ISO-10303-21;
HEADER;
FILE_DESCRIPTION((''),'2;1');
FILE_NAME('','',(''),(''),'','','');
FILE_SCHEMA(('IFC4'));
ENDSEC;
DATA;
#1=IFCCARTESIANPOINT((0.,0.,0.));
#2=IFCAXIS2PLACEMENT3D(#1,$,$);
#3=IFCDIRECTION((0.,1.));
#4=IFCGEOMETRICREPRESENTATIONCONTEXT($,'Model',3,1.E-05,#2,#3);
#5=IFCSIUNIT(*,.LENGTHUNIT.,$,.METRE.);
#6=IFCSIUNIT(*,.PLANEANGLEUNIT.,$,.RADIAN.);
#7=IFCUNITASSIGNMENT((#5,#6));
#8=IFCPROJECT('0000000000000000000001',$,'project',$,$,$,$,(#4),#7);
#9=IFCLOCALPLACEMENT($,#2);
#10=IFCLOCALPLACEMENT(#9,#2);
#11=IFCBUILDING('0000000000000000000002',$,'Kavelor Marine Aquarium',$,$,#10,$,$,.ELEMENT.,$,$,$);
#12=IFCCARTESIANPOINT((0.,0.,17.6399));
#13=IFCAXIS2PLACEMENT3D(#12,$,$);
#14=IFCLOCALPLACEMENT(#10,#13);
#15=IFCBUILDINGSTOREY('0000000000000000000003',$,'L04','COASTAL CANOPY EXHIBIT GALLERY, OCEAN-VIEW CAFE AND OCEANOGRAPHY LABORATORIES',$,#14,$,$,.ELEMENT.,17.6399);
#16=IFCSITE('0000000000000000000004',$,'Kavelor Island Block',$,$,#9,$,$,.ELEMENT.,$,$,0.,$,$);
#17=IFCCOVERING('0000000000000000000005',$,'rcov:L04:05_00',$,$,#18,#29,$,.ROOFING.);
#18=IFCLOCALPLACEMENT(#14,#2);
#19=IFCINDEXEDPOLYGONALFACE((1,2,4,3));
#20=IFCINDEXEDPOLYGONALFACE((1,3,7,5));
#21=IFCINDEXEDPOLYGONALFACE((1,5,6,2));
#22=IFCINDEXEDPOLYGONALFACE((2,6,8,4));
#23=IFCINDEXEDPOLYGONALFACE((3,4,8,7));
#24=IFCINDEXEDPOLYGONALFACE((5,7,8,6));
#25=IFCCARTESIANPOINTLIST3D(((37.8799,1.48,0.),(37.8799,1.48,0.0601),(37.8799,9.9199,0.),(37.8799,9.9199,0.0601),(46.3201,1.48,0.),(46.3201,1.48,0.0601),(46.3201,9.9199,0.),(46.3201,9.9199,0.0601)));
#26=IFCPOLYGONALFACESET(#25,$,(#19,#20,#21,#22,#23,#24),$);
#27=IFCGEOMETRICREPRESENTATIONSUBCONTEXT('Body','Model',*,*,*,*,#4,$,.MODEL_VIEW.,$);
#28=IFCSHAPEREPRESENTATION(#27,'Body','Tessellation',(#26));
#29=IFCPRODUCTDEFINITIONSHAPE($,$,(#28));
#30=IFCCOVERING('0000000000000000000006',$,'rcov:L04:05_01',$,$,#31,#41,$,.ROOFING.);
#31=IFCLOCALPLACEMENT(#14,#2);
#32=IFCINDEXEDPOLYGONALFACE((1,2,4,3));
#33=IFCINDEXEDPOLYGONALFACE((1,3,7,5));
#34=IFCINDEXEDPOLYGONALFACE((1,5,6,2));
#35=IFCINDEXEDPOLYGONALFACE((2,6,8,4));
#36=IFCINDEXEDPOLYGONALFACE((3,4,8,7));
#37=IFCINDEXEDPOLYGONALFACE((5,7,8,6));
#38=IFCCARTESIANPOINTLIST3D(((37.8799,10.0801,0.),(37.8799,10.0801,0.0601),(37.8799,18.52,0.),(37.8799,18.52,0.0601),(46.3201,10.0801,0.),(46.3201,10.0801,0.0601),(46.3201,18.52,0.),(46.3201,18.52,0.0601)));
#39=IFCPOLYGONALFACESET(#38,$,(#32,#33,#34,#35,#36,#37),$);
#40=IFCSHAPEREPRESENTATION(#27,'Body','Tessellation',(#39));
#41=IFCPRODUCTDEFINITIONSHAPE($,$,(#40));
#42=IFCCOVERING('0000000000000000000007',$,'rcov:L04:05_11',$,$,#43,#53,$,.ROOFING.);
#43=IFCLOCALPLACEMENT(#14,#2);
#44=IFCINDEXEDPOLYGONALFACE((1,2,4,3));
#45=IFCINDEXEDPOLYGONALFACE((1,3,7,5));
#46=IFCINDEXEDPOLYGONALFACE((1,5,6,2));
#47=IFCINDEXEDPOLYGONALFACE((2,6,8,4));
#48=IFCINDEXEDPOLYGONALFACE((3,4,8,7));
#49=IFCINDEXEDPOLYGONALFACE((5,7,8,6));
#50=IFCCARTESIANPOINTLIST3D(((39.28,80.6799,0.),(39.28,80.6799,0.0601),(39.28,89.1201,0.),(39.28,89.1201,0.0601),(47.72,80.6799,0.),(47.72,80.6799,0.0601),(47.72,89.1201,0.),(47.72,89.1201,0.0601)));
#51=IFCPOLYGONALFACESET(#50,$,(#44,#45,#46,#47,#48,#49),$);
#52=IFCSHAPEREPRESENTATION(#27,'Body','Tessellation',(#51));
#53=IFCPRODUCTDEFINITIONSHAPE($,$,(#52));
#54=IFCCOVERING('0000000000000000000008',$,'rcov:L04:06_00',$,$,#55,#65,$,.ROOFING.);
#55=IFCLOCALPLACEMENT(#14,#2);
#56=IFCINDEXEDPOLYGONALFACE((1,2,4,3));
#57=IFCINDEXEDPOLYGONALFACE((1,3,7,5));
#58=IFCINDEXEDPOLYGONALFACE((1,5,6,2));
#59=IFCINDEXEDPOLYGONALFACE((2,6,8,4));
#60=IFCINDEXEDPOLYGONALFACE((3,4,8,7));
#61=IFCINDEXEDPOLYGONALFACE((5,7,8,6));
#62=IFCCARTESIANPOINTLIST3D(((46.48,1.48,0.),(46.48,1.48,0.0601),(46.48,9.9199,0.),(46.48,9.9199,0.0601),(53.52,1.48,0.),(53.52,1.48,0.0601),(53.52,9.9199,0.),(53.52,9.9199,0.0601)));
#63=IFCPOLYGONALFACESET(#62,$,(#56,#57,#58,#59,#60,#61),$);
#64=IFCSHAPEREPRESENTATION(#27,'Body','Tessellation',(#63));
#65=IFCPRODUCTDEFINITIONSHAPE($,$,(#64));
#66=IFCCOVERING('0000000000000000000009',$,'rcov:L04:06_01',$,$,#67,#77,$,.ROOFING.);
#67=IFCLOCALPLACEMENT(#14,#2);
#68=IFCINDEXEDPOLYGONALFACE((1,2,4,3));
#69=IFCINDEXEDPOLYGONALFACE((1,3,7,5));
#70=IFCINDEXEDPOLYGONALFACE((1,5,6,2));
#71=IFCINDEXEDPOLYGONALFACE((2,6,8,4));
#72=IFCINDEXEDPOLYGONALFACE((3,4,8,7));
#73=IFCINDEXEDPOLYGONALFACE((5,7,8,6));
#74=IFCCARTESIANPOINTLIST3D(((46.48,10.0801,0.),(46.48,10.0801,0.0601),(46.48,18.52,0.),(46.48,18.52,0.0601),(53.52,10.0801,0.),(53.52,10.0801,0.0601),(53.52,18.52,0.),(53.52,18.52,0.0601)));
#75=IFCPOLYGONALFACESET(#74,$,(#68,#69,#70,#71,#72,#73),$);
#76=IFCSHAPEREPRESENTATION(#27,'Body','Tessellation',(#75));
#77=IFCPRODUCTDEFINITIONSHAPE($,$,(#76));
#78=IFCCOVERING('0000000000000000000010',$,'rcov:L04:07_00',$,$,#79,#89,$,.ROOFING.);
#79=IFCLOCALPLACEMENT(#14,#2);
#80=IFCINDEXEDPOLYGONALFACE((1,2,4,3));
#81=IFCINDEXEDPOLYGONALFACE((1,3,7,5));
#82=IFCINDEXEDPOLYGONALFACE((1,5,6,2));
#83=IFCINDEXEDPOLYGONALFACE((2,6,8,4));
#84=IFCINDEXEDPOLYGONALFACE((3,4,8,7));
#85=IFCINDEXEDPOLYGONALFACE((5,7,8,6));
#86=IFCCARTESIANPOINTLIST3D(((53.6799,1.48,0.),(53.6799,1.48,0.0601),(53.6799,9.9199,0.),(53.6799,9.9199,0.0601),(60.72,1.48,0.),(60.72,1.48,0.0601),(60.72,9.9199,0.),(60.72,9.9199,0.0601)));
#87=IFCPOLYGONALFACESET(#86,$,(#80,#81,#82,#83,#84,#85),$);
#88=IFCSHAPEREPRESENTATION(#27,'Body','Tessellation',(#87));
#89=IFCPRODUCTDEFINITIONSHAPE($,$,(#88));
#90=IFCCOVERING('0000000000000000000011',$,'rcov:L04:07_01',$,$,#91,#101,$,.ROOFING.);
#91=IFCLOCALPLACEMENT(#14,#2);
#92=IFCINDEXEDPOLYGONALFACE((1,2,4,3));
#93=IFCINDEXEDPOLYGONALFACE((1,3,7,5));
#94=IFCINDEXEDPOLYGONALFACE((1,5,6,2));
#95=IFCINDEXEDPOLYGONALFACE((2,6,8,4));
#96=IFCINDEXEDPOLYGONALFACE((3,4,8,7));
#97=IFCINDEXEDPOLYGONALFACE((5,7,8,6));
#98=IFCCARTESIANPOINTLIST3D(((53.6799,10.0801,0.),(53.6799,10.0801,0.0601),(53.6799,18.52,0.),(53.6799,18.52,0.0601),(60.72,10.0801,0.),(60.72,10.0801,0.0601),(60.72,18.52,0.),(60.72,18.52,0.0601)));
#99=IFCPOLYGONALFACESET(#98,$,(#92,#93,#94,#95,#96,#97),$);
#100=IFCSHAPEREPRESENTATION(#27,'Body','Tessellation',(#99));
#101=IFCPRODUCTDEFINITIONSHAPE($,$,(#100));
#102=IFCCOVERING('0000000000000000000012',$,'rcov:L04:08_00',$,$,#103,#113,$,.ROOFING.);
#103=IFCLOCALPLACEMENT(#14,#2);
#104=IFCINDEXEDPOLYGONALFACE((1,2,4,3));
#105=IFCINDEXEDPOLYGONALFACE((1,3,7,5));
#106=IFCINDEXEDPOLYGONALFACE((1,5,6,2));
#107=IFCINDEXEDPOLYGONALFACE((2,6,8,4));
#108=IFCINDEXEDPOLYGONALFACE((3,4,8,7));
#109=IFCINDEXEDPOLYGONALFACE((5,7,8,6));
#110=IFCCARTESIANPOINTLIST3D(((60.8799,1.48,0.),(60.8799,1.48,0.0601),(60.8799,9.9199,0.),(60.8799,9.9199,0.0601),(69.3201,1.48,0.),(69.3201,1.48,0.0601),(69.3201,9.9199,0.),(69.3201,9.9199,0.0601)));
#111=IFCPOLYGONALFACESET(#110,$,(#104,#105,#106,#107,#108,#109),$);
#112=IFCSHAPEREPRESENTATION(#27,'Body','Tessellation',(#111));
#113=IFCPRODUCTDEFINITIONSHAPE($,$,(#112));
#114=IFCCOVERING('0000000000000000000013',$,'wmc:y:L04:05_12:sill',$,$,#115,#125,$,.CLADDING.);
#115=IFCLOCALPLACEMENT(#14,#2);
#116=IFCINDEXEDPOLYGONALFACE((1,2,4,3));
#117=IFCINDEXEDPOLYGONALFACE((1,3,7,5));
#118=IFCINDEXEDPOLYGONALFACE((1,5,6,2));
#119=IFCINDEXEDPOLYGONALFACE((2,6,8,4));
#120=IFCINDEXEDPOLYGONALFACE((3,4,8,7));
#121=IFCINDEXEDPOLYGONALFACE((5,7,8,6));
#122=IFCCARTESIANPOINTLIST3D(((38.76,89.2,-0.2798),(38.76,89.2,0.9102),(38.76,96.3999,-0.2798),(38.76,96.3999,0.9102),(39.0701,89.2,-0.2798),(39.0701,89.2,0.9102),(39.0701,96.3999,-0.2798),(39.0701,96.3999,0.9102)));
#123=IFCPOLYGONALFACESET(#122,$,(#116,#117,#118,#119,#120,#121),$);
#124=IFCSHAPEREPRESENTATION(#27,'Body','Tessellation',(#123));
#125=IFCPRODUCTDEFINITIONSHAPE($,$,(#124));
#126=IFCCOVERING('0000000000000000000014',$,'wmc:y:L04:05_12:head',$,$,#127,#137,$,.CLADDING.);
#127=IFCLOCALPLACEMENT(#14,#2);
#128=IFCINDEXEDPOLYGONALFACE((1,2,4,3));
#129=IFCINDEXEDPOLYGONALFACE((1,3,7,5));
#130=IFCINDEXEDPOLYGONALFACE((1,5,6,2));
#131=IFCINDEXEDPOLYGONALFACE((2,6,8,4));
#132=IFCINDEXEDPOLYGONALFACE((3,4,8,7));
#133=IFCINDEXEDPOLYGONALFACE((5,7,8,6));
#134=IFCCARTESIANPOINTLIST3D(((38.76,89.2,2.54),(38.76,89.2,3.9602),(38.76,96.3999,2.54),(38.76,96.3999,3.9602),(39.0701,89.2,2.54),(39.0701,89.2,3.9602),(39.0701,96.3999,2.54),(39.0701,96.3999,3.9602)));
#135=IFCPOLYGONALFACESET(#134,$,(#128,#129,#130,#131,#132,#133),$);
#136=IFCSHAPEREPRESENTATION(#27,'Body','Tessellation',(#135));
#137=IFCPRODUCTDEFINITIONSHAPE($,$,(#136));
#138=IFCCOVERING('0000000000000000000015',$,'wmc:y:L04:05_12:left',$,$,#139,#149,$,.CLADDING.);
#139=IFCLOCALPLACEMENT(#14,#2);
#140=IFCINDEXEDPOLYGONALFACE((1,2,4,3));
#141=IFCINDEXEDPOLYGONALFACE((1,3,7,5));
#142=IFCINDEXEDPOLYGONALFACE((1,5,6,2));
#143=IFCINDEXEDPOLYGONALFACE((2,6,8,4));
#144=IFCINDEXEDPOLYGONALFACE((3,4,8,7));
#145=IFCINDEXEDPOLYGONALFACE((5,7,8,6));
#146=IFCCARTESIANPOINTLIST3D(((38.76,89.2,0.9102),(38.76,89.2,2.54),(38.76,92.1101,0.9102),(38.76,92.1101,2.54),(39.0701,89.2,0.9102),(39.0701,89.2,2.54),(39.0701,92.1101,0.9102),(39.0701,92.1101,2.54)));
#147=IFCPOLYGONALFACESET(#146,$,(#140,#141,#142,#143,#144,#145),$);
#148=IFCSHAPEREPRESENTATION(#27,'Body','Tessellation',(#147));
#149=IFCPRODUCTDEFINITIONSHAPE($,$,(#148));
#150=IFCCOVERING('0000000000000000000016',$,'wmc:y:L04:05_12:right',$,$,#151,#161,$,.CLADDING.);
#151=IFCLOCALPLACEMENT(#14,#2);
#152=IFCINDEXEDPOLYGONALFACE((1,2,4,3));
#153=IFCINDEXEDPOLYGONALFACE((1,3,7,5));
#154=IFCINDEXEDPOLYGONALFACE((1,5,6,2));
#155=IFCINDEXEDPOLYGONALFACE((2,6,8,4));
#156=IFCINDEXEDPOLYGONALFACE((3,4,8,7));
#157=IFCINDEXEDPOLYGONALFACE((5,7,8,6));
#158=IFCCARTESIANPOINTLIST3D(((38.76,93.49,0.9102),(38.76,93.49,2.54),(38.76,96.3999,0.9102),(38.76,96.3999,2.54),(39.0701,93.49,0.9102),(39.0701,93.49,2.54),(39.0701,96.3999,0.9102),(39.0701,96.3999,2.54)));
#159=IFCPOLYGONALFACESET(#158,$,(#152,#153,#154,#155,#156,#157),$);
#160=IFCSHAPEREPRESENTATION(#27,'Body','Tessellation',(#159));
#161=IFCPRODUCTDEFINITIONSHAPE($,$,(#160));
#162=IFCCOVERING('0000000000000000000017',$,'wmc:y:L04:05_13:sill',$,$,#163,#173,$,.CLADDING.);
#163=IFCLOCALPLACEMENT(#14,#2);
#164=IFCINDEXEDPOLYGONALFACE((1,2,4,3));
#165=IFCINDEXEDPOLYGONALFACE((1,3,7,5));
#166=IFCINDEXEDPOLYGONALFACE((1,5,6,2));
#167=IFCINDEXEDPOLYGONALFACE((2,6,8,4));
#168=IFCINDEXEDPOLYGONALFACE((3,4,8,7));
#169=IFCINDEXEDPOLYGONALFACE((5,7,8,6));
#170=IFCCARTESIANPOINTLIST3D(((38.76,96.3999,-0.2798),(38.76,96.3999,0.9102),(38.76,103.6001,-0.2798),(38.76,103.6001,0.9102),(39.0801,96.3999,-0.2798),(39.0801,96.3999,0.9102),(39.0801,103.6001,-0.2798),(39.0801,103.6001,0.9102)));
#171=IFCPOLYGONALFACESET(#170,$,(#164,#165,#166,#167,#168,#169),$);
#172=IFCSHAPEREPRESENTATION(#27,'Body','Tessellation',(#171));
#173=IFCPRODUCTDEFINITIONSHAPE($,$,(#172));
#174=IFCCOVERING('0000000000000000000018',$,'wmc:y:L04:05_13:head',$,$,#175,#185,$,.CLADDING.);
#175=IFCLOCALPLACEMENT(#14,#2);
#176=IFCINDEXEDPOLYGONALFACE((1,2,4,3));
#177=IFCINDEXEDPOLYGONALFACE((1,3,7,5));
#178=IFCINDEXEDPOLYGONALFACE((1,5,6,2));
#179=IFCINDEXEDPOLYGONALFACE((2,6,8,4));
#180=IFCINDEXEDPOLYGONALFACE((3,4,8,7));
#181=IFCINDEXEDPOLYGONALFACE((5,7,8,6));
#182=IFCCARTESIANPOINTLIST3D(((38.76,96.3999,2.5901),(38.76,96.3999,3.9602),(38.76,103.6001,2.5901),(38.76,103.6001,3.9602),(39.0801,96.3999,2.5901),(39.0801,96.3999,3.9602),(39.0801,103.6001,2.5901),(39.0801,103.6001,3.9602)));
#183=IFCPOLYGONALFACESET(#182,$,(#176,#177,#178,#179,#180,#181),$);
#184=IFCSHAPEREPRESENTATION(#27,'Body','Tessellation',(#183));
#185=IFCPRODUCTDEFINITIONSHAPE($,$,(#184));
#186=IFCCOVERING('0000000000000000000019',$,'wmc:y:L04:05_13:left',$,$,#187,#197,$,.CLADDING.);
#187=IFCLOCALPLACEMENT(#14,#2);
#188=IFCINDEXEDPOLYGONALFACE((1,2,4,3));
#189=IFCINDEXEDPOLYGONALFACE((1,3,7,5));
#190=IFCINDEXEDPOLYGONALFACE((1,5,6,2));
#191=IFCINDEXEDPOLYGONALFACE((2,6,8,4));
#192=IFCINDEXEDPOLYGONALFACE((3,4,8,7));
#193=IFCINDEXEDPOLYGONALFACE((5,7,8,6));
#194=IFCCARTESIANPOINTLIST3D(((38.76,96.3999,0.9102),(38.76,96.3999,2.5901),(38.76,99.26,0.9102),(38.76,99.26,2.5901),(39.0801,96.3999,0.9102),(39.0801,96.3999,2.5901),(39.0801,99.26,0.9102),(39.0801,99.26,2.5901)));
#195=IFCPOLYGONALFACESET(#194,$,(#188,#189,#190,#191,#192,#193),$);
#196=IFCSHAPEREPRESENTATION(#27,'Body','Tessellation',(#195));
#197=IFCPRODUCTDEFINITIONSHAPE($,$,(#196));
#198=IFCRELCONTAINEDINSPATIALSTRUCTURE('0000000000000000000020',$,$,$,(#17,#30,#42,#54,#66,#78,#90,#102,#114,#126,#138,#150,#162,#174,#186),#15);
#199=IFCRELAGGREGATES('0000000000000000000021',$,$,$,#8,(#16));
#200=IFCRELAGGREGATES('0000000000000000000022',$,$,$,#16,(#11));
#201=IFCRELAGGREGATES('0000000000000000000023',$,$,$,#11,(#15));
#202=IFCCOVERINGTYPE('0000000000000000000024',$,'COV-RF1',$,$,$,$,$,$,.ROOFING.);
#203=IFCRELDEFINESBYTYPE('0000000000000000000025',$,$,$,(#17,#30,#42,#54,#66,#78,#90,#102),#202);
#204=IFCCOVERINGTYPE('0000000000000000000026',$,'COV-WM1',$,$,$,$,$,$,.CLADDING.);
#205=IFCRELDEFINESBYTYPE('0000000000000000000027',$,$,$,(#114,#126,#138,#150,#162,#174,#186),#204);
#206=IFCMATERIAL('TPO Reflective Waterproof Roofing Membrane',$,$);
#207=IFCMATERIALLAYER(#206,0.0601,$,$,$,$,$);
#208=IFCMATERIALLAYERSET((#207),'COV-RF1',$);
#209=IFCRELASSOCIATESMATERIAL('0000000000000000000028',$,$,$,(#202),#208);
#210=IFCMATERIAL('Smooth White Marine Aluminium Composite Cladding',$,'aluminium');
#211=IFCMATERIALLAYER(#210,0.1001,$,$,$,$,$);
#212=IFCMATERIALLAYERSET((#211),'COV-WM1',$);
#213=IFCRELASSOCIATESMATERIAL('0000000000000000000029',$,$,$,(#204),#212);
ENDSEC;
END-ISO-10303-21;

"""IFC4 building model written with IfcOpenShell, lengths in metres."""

from ifc_helpers import new_model, si_unit, direction, frame, origin, place, context, subcontext, project, spatial, polyline, outline, extrude, material, layer, layer_set, type_object, element, save


model = new_model("IFC4")

# Units and contexts
model_context = context("Model", 3, precision=1e-05, world=origin(), true_north=direction((0.0, 1.0)))
body_context = subcontext(model_context, "Body", "Model", "MODEL_VIEW")
ifc_project = project(units=[si_unit("LENGTHUNIT", "METRE"), si_unit("PLANEANGLEUNIT", "RADIAN")], contexts=[model_context])

# Site, building, storey
site_placement = place(None, origin())
site = spatial("IfcSite", under=ifc_project, at=site_placement, Name="Kavelor Island Block", CompositionType="ELEMENT", RefElevation=0.0)
building_placement = place(site_placement, origin())
building = spatial("IfcBuilding", under=site, at=building_placement, Name="Kavelor Marine Aquarium", CompositionType="ELEMENT")
storey_placement = place(building_placement, frame((0.0, 0.0, 17.6399)))
storey = spatial("IfcBuildingStorey", under=building, at=storey_placement, Name="L04", Description="COASTAL CANOPY EXHIBIT GALLERY, OCEAN-VIEW CAFE AND OCEANOGRAPHY LABORATORIES", CompositionType="ELEMENT", Elevation=17.6399)

# Coverings
ifc_material_1 = material(Name="TPO Reflective Waterproof Roofing Membrane")
ifc_layer_1 = layer(ifc_material_1, 0.0601)
ifc_layer_set_1 = layer_set([ifc_layer_1], Name="COV-RF1")
covering_type_1 = type_object("IfcCoveringType", Name="COV-RF1", PredefinedType="ROOFING", material=ifc_layer_set_1)
covering_1_placement = place(storey_placement, origin())
element("IfcCovering", 1, at=covering_1_placement, inside=storey, type_object=covering_type_1, Name="rcov:L04:05_00", PredefinedType="ROOFING", context=body_context, shape_type="SweptSolid", body=[
    extrude(outline(polyline([(37.8799, 1.48), (46.3201, 1.48), (46.3201, 9.9199), (37.8799, 9.9199), (37.8799, 1.48)])), origin(), (0.0, 0.0, 1.0), 0.0601),
])
covering_2_placement = place(storey_placement, origin())
element("IfcCovering", 2, at=covering_2_placement, inside=storey, type_object=covering_type_1, Name="rcov:L04:05_01", PredefinedType="ROOFING", context=body_context, shape_type="SweptSolid", body=[
    extrude(outline(polyline([(37.8799, 10.0801), (46.3201, 10.0801), (46.3201, 18.52), (37.8799, 18.52), (37.8799, 10.0801)])), origin(), (0.0, 0.0, 1.0), 0.0601),
])
covering_3_placement = place(storey_placement, origin())
element("IfcCovering", 3, at=covering_3_placement, inside=storey, type_object=covering_type_1, Name="rcov:L04:05_11", PredefinedType="ROOFING", context=body_context, shape_type="SweptSolid", body=[
    extrude(outline(polyline([(39.28, 80.6799), (47.72, 80.6799), (47.72, 89.1201), (39.28, 89.1201), (39.28, 80.6799)])), origin(), (0.0, 0.0, 1.0), 0.0601),
])
covering_4_placement = place(storey_placement, origin())
element("IfcCovering", 4, at=covering_4_placement, inside=storey, type_object=covering_type_1, Name="rcov:L04:06_00", PredefinedType="ROOFING", context=body_context, shape_type="SweptSolid", body=[
    extrude(outline(polyline([(46.48, 1.48), (53.52, 1.48), (53.52, 9.9199), (46.48, 9.9199), (46.48, 1.48)])), origin(), (0.0, 0.0, 1.0), 0.0601),
])
covering_5_placement = place(storey_placement, origin())
element("IfcCovering", 5, at=covering_5_placement, inside=storey, type_object=covering_type_1, Name="rcov:L04:06_01", PredefinedType="ROOFING", context=body_context, shape_type="SweptSolid", body=[
    extrude(outline(polyline([(46.48, 10.0801), (53.52, 10.0801), (53.52, 18.52), (46.48, 18.52), (46.48, 10.0801)])), origin(), (0.0, 0.0, 1.0), 0.0601),
])
covering_6_placement = place(storey_placement, origin())
element("IfcCovering", 6, at=covering_6_placement, inside=storey, type_object=covering_type_1, Name="rcov:L04:07_00", PredefinedType="ROOFING", context=body_context, shape_type="SweptSolid", body=[
    extrude(outline(polyline([(53.6799, 1.48), (60.72, 1.48), (60.72, 9.9199), (53.6799, 9.9199), (53.6799, 1.48)])), origin(), (0.0, 0.0, 1.0), 0.0601),
])
covering_7_placement = place(storey_placement, origin())
element("IfcCovering", 7, at=covering_7_placement, inside=storey, type_object=covering_type_1, Name="rcov:L04:07_01", PredefinedType="ROOFING", context=body_context, shape_type="SweptSolid", body=[
    extrude(outline(polyline([(53.6799, 10.0801), (60.72, 10.0801), (60.72, 18.52), (53.6799, 18.52), (53.6799, 10.0801)])), origin(), (0.0, 0.0, 1.0), 0.0601),
])
covering_8_placement = place(storey_placement, origin())
element("IfcCovering", 8, at=covering_8_placement, inside=storey, type_object=covering_type_1, Name="rcov:L04:08_00", PredefinedType="ROOFING", context=body_context, shape_type="SweptSolid", body=[
    extrude(outline(polyline([(60.8799, 1.48), (69.3201, 1.48), (69.3201, 9.9199), (60.8799, 9.9199), (60.8799, 1.48)])), origin(), (0.0, 0.0, 1.0), 0.0601),
])
ifc_material_2 = material(Name="Smooth White Marine Aluminium Composite Cladding", Category="aluminium")
ifc_layer_2 = layer(ifc_material_2, 0.1001)
ifc_layer_set_2 = layer_set([ifc_layer_2], Name="COV-WM1")
covering_type_2 = type_object("IfcCoveringType", Name="COV-WM1", PredefinedType="CLADDING", material=ifc_layer_set_2)
covering_9_placement = place(storey_placement, frame((0.0, 0.0, -0.2798)))
element("IfcCovering", 9, at=covering_9_placement, inside=storey, type_object=covering_type_2, Name="wmc:y:L04:05_12:sill", PredefinedType="CLADDING", context=body_context, shape_type="SweptSolid", body=[
    extrude(outline(polyline([(38.76, 89.2), (39.0701, 89.2), (39.0701, 96.3999), (38.76, 96.3999), (38.76, 89.2)])), origin(), (0.0, 0.0, 1.0), 1.1899),
])
covering_10_placement = place(storey_placement, frame((0.0, 0.0, 2.54)))
element("IfcCovering", 10, at=covering_10_placement, inside=storey, type_object=covering_type_2, Name="wmc:y:L04:05_12:head", PredefinedType="CLADDING", context=body_context, shape_type="SweptSolid", body=[
    extrude(outline(polyline([(38.76, 89.2), (39.0701, 89.2), (39.0701, 96.3999), (38.76, 96.3999), (38.76, 89.2)])), origin(), (0.0, 0.0, 1.0), 1.4202),
])
covering_11_placement = place(storey_placement, frame((0.0, 0.0, 0.9102)))
element("IfcCovering", 11, at=covering_11_placement, inside=storey, type_object=covering_type_2, Name="wmc:y:L04:05_12:left", PredefinedType="CLADDING", context=body_context, shape_type="SweptSolid", body=[
    extrude(outline(polyline([(38.76, 89.2), (39.0701, 89.2), (39.0701, 92.1101), (38.76, 92.1101), (38.76, 89.2)])), origin(), (0.0, 0.0, 1.0), 1.6299),
])
covering_12_placement = place(storey_placement, frame((0.0, 0.0, 0.9102)))
element("IfcCovering", 12, at=covering_12_placement, inside=storey, type_object=covering_type_2, Name="wmc:y:L04:05_12:right", PredefinedType="CLADDING", context=body_context, shape_type="SweptSolid", body=[
    extrude(outline(polyline([(38.76, 93.49), (39.0701, 93.49), (39.0701, 96.3999), (38.76, 96.3999), (38.76, 93.49)])), origin(), (0.0, 0.0, 1.0), 1.6299),
])
covering_13_placement = place(storey_placement, frame((0.0, 0.0, -0.2798)))
element("IfcCovering", 13, at=covering_13_placement, inside=storey, type_object=covering_type_2, Name="wmc:y:L04:05_13:sill", PredefinedType="CLADDING", context=body_context, shape_type="SweptSolid", body=[
    extrude(outline(polyline([(38.76, 96.3999), (39.0801, 96.3999), (39.0801, 103.6001), (38.76, 103.6001), (38.76, 96.3999)])), origin(), (0.0, 0.0, 1.0), 1.1899),
])
covering_14_placement = place(storey_placement, frame((0.0, 0.0, 2.5901)))
element("IfcCovering", 14, at=covering_14_placement, inside=storey, type_object=covering_type_2, Name="wmc:y:L04:05_13:head", PredefinedType="CLADDING", context=body_context, shape_type="SweptSolid", body=[
    extrude(outline(polyline([(38.76, 96.3999), (39.0801, 96.3999), (39.0801, 103.6001), (38.76, 103.6001), (38.76, 96.3999)])), origin(), (0.0, 0.0, 1.0), 1.3701),
])
covering_15_placement = place(storey_placement, frame((0.0, 0.0, 0.9102)))
element("IfcCovering", 15, at=covering_15_placement, inside=storey, type_object=covering_type_2, Name="wmc:y:L04:05_13:left", PredefinedType="CLADDING", context=body_context, shape_type="SweptSolid", body=[
    extrude(outline(polyline([(38.76, 96.3999), (39.0801, 96.3999), (39.0801, 99.26), (38.76, 99.26), (38.76, 96.3999)])), origin(), (0.0, 0.0, 1.0), 1.6799),
])

save(model, "model.ifc")
